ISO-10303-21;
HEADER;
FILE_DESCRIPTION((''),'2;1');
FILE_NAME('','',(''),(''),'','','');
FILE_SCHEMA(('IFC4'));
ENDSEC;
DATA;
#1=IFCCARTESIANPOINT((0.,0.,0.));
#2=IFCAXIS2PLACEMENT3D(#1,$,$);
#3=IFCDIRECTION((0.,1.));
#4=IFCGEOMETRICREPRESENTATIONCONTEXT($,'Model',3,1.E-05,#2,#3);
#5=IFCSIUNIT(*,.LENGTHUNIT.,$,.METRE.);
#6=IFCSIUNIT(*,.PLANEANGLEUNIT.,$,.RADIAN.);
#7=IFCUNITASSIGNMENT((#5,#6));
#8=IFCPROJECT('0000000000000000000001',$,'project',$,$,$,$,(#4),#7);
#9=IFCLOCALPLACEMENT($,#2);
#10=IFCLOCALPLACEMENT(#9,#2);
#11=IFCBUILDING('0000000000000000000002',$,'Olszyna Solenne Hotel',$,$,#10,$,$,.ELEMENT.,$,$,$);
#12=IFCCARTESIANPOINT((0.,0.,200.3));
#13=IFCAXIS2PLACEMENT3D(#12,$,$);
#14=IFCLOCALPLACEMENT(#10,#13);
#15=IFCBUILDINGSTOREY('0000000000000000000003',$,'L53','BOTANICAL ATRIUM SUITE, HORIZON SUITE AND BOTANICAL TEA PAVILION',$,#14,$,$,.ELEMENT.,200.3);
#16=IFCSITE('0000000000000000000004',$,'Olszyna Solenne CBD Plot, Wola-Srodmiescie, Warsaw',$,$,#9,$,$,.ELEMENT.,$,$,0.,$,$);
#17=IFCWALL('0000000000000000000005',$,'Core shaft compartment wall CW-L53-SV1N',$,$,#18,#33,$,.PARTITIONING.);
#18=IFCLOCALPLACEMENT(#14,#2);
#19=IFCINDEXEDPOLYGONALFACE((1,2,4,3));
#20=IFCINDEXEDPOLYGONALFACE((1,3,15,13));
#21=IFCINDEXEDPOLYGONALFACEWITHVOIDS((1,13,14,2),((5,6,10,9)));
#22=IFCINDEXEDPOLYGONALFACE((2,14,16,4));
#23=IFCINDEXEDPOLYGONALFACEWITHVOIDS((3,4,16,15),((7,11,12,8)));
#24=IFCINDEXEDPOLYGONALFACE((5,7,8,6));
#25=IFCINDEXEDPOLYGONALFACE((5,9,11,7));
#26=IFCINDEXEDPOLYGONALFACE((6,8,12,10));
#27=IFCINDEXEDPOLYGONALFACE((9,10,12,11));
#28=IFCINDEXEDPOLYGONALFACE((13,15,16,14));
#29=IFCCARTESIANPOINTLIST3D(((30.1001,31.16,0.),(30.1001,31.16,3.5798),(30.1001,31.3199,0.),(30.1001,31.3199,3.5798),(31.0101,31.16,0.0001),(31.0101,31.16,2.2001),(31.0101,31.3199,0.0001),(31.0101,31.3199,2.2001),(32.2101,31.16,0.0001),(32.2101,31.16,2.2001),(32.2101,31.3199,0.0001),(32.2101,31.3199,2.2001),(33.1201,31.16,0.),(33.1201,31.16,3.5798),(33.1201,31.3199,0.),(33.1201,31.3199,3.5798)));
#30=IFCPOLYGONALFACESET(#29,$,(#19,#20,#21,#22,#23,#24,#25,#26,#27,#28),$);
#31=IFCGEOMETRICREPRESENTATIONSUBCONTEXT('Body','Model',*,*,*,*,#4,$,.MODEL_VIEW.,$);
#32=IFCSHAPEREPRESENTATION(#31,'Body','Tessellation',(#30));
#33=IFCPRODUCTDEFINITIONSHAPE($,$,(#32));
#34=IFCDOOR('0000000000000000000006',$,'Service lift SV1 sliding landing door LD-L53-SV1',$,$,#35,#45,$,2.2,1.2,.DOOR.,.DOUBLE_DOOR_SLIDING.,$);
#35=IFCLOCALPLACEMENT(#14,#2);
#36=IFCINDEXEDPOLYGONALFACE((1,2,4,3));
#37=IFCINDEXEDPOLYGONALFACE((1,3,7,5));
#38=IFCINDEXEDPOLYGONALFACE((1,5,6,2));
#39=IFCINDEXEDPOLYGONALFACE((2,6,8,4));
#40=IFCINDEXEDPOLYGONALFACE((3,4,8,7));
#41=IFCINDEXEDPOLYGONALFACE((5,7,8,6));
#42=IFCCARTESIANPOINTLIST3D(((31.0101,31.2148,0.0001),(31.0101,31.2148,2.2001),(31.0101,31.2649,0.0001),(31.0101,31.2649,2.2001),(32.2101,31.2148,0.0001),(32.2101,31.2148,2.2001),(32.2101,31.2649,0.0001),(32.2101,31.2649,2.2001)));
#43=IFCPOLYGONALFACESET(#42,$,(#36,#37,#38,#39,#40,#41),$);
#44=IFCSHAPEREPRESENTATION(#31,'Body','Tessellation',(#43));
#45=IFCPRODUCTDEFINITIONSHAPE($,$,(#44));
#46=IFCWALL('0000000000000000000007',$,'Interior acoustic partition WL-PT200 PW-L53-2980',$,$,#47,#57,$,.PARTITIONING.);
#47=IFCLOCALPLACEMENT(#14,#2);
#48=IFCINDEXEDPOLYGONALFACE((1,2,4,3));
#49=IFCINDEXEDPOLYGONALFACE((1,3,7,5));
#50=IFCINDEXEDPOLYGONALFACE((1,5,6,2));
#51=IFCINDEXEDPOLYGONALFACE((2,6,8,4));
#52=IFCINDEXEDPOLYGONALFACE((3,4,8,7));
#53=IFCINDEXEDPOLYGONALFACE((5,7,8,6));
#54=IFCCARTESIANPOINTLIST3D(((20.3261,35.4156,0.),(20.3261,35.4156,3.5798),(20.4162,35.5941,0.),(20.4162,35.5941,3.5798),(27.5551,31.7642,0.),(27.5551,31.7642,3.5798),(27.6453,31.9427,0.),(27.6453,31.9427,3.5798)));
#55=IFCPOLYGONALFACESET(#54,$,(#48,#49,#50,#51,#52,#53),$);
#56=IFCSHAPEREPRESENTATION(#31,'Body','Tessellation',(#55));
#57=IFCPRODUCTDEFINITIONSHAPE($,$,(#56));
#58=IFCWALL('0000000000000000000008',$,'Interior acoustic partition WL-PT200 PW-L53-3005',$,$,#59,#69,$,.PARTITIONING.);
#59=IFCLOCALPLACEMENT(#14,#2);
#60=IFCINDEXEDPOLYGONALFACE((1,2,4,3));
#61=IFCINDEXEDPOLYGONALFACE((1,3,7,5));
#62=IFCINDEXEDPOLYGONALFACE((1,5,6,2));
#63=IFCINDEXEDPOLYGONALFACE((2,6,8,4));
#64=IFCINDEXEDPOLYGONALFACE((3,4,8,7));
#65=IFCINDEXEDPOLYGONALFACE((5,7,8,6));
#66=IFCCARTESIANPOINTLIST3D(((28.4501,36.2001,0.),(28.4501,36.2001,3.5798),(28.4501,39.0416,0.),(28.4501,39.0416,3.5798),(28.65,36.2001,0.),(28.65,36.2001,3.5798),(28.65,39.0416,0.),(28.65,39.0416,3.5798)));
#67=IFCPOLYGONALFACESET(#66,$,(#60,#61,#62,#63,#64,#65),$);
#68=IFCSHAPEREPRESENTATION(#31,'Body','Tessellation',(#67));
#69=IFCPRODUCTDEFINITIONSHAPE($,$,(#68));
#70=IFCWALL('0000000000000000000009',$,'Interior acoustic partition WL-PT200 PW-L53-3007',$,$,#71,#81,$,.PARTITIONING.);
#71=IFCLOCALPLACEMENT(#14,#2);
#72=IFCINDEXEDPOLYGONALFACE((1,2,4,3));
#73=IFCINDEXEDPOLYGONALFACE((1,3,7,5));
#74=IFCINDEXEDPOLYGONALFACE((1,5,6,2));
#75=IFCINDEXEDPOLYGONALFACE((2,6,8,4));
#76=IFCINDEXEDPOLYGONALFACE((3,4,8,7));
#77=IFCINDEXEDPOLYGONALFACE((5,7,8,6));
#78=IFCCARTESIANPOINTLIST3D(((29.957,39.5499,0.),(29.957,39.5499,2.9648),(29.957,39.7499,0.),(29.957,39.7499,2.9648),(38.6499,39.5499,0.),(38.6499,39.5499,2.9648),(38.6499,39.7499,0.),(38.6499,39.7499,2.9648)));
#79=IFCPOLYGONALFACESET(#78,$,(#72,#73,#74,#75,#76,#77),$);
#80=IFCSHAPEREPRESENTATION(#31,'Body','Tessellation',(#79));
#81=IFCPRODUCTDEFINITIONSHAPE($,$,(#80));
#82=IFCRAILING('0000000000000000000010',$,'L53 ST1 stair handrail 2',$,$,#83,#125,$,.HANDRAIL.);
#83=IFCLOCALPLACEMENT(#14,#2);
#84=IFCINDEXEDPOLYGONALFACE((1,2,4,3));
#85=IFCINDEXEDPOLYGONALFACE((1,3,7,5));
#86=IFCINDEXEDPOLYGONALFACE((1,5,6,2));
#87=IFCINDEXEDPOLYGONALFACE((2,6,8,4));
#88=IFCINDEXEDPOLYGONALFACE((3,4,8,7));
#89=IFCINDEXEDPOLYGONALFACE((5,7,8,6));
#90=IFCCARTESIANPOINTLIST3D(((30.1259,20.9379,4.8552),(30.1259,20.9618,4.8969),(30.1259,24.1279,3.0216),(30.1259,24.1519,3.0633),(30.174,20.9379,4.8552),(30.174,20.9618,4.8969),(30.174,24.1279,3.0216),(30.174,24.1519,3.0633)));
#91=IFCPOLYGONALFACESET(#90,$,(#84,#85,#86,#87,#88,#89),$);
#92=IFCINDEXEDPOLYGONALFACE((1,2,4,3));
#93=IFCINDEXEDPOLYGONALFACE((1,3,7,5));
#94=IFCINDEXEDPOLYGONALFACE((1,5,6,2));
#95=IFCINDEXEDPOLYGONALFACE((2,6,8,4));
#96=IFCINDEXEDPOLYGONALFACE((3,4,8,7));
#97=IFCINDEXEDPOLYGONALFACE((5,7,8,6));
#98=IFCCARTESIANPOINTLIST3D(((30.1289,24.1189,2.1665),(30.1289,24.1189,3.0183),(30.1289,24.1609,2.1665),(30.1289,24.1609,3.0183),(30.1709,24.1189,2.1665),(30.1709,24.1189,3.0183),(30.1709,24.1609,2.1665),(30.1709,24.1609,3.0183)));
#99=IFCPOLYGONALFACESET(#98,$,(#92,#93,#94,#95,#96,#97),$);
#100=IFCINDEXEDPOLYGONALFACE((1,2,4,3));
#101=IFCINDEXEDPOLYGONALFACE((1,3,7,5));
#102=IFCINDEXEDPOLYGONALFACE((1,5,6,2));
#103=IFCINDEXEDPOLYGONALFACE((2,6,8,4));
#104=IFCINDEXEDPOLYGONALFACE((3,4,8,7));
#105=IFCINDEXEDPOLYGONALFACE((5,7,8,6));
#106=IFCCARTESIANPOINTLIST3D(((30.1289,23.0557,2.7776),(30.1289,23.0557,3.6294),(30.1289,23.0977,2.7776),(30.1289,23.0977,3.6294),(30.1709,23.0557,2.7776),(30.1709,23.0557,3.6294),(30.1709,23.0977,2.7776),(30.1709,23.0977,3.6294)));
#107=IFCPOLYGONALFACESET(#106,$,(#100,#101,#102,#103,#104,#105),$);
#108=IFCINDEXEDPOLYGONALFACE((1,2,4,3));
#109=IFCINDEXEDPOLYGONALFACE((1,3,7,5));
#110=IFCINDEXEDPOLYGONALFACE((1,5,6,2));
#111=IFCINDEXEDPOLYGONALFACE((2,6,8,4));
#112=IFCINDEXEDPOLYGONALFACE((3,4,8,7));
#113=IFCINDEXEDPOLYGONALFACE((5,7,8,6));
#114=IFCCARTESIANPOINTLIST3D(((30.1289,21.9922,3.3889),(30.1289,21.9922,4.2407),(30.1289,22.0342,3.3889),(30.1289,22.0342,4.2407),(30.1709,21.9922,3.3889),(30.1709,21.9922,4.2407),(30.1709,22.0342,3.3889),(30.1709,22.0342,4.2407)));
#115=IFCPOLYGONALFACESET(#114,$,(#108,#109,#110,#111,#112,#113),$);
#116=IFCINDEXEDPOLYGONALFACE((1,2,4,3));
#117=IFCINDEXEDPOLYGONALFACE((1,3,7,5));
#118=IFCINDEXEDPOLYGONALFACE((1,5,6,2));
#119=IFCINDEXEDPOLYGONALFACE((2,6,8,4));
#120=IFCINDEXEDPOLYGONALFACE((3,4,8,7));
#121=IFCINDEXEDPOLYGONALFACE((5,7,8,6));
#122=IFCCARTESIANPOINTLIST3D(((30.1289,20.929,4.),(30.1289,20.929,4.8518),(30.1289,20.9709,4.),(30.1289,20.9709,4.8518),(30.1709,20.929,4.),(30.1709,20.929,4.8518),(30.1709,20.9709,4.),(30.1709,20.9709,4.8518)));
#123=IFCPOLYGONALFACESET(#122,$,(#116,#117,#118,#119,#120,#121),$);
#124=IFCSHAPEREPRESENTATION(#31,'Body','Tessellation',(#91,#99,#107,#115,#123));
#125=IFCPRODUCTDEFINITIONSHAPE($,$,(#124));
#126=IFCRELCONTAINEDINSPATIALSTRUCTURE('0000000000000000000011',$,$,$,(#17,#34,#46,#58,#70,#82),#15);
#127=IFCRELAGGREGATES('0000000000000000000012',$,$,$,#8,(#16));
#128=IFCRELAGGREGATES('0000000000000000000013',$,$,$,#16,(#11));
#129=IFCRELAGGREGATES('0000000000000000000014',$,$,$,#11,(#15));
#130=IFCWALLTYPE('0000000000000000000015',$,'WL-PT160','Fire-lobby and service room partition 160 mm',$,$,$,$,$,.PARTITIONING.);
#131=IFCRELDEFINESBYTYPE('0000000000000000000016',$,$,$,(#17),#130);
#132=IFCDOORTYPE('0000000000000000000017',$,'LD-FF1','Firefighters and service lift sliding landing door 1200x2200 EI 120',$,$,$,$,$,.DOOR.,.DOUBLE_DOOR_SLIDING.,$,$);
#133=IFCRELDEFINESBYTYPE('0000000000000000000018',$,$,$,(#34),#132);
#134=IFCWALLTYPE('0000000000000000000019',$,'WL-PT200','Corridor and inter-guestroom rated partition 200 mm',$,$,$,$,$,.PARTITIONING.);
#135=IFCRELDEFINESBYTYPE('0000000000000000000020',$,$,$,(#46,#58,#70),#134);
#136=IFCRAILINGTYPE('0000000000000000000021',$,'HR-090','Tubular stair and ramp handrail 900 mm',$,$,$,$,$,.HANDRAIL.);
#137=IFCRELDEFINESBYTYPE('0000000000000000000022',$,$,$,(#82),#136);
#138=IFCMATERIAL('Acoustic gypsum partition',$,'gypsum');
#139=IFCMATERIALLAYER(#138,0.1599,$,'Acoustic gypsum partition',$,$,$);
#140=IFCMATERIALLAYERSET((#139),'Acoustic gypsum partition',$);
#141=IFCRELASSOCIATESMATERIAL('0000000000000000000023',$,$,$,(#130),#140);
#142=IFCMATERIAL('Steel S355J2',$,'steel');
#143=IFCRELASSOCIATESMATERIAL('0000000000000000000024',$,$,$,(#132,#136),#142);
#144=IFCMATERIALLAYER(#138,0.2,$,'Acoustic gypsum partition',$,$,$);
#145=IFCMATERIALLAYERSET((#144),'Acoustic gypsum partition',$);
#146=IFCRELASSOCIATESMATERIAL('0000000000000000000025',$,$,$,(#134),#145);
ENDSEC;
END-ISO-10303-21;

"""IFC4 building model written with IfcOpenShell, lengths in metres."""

from ifc_helpers import new_model, si_unit, direction, frame, frame_2d, origin, origin_2d, place, context, subcontext, project, spatial, rectangle, extrude, source, transform, mapped, material, layer, layer_set, type_object, type_shapes, element, fill, save


model = new_model("IFC4")

# Units and contexts
model_context = context("Model", 3, precision=1e-05, world=origin(), true_north=direction((0.0, 1.0)))
body_context = subcontext(model_context, "Body", "Model", "MODEL_VIEW")
ifc_project = project(units=[si_unit("LENGTHUNIT", "METRE"), si_unit("PLANEANGLEUNIT", "RADIAN")], contexts=[model_context])

# Site, building, storey
site_placement = place(None, origin())
site = spatial("IfcSite", under=ifc_project, at=site_placement, Name="Olszyna Solenne CBD Plot, Wola-Srodmiescie, Warsaw", CompositionType="ELEMENT", RefElevation=0.0)
building_placement = place(site_placement, origin())
building = spatial("IfcBuilding", under=site, at=building_placement, Name="Olszyna Solenne Hotel", CompositionType="ELEMENT")
storey_placement = place(building_placement, frame((0.0, 0.0, 200.3)))
storey = spatial("IfcBuildingStorey", under=building, at=storey_placement, Name="L53", Description="BOTANICAL ATRIUM SUITE, HORIZON SUITE AND BOTANICAL TEA PAVILION", CompositionType="ELEMENT", Elevation=200.3)

# Shared definitions
ifc_material_1 = material(Name="Steel S355J2", Category="steel")

# Shared definitions
ifc_material_2 = material(Name="Acoustic gypsum partition", Category="gypsum")
ifc_layer_1 = layer(ifc_material_2, 0.1599, Name="Acoustic gypsum partition")
ifc_layer_set_1 = layer_set([ifc_layer_1], Name="Acoustic gypsum partition")
wall_type_1 = type_object("IfcWallType", Name="WL-PT160", Description="Fire-lobby and service room partition 160 mm", PredefinedType="PARTITIONING", material=ifc_layer_set_1)

# Wall, opening, door
wall_1_placement = place(storey_placement, frame((30.1001, 31.24, 0.0), z_axis=(0.0, 0.0, 1.0), x_axis=(1.0, 0.0, 0.0)))
wall_1 = element("IfcWall", 1, at=wall_1_placement, inside=storey, type_object=wall_type_1, Name="Core shaft compartment wall CW-L53-SV1N", PredefinedType="PARTITIONING", context=body_context, shape_type="SweptSolid", body=[
    extrude(rectangle(XDim=3.02, YDim=0.1599, at=frame_2d((1.51, 0.0))), origin(), (0.0, 0.0, 1.0), 3.5798),
])
opening_1_placement = place(wall_1_placement, frame((0.9099, 0.0, 0.0)))
opening_1 = element("IfcOpeningElement", 2, at=opening_1_placement, cuts=wall_1, PredefinedType="OPENING", context=body_context, shape_type="SweptSolid", body=[
    extrude(rectangle(XDim=1.2, YDim=2.2, at=frame_2d((0.6001, 1.1001))), frame((0.0, 0.0898, 0.0), z_axis=(0.0, -1.0, 0.0), x_axis=(1.0, 0.0, 0.0)), (0.0, 0.0, 1.0), 0.1799),
])
door_type_1 = type_object("IfcDoorType", Name="LD-FF1", Description="Firefighters and service lift sliding landing door 1200x2200 EI 120", OperationType="DOUBLE_DOOR_SLIDING", PredefinedType="DOOR", material=ifc_material_1)
shared_shape_1 = source(origin(), body_context, "Body", "SweptSolid", [
    extrude(rectangle(XDim=1.2, YDim=2.2, at=frame_2d((0.6001, 1.1001))), frame((0.0, 0.0249, 0.0), z_axis=(0.0, -1.0, 0.0), x_axis=(1.0, 0.0, 0.0)), (0.0, 0.0, 1.0), 0.05),
])
type_shapes(door_type_1, [shared_shape_1])
door_1_placement = place(opening_1_placement, origin())
door_1 = element("IfcDoor", 3, at=door_1_placement, inside=storey, type_object=door_type_1, Name="Service lift SV1 sliding landing door LD-L53-SV1", OperationType="DOUBLE_DOOR_SLIDING", OverallHeight=2.2, OverallWidth=1.2, PredefinedType="DOOR", context=body_context, shape_type="MappedRepresentation", body=[
    mapped(shared_shape_1, transform((0.0, 0.0, 0.0), x_axis=(1.0, 0.0, 0.0), y_axis=(0.0, 1.0, 0.0), z_axis=(0.0, 0.0, 1.0), scale=1.0)),
])
fill(opening_1, door_1)

# Walls
ifc_layer_2 = layer(ifc_material_2, 0.2, Name="Acoustic gypsum partition")
ifc_layer_set_2 = layer_set([ifc_layer_2], Name="Acoustic gypsum partition")
wall_type_2 = type_object("IfcWallType", Name="WL-PT200", Description="Corridor and inter-guestroom rated partition 200 mm", PredefinedType="PARTITIONING", material=ifc_layer_set_2)
wall_2_placement = place(storey_placement, frame((27.6001, 31.8535, 0.0), z_axis=(0.0, 0.0, 1.0), x_axis=(-0.892599, 0.450851, 0.0)))
element("IfcWall", 4, at=wall_2_placement, inside=storey, type_object=wall_type_2, Name="Interior acoustic partition WL-PT200 PW-L53-2980", PredefinedType="PARTITIONING", context=body_context, shape_type="SweptSolid", body=[
    extrude(rectangle(XDim=8.0989, YDim=0.2, at=frame_2d((4.0493, 0.0))), origin(), (0.0, 0.0, 1.0), 3.5798),
])
wall_3_placement = place(storey_placement, frame((28.55, 36.2, 0.0), z_axis=(0.0, 0.0, 1.0), x_axis=(0.0, 1.0, 0.0)))
element("IfcWall", 5, at=wall_3_placement, inside=storey, type_object=wall_type_2, Name="Interior acoustic partition WL-PT200 PW-L53-3005", PredefinedType="PARTITIONING", context=body_context, shape_type="SweptSolid", body=[
    extrude(rectangle(XDim=2.8416, YDim=0.2, at=frame_2d((1.4209, 0.0))), origin(), (0.0, 0.0, 1.0), 3.5798),
])
wall_4_placement = place(storey_placement, frame((29.957, 39.6499, 0.0), z_axis=(0.0, 0.0, 1.0), x_axis=(1.0, 0.0, 0.0)))
element("IfcWall", 6, at=wall_4_placement, inside=storey, type_object=wall_type_2, Name="Interior acoustic partition WL-PT200 PW-L53-3007", PredefinedType="PARTITIONING", context=body_context, shape_type="SweptSolid", body=[
    extrude(rectangle(XDim=8.6929, YDim=0.2, at=frame_2d((4.3464, 0.0))), origin(), (0.0, 0.0, 1.0), 2.9648),
])

# Railing
railing_type = type_object("IfcRailingType", Name="HR-090", Description="Tubular stair and ramp handrail 900 mm", PredefinedType="HANDRAIL", material=ifc_material_1)
railing_placement = place(storey_placement, frame((30.1499, 24.1399, 2.1665)))
element("IfcRailing", 7, at=railing_placement, inside=storey, type_object=railing_type, Name="L53 ST1 stair handrail 2", PredefinedType="HANDRAIL", context=body_context, shape_type="SweptSolid", body=[
    extrude(rectangle(XDim=0.0481, YDim=0.0481, at=origin_2d()), frame((0.0, 0.0, 0.876), z_axis=(0.0, -0.866991, 0.498324), x_axis=(1.0, 0.0, 0.0)), (0.0, 0.0, 1.0), 3.6794),
    extrude(rectangle(XDim=0.042, YDim=0.042, at=origin_2d()), origin(), (0.0, 0.0, 1.0), 0.8518),
    extrude(rectangle(XDim=0.042, YDim=0.042, at=origin_2d()), frame((0.0, -1.0632, 0.6111)), (0.0, 0.0, 1.0), 0.8518),
    extrude(rectangle(XDim=0.042, YDim=0.042, at=origin_2d()), frame((0.0, -2.1267, 1.2224)), (0.0, 0.0, 1.0), 0.8518),
    extrude(rectangle(XDim=0.042, YDim=0.042, at=origin_2d()), frame((0.0, -3.1899, 1.8335)), (0.0, 0.0, 1.0), 0.8518),
])

save(model, "model.ifc")
